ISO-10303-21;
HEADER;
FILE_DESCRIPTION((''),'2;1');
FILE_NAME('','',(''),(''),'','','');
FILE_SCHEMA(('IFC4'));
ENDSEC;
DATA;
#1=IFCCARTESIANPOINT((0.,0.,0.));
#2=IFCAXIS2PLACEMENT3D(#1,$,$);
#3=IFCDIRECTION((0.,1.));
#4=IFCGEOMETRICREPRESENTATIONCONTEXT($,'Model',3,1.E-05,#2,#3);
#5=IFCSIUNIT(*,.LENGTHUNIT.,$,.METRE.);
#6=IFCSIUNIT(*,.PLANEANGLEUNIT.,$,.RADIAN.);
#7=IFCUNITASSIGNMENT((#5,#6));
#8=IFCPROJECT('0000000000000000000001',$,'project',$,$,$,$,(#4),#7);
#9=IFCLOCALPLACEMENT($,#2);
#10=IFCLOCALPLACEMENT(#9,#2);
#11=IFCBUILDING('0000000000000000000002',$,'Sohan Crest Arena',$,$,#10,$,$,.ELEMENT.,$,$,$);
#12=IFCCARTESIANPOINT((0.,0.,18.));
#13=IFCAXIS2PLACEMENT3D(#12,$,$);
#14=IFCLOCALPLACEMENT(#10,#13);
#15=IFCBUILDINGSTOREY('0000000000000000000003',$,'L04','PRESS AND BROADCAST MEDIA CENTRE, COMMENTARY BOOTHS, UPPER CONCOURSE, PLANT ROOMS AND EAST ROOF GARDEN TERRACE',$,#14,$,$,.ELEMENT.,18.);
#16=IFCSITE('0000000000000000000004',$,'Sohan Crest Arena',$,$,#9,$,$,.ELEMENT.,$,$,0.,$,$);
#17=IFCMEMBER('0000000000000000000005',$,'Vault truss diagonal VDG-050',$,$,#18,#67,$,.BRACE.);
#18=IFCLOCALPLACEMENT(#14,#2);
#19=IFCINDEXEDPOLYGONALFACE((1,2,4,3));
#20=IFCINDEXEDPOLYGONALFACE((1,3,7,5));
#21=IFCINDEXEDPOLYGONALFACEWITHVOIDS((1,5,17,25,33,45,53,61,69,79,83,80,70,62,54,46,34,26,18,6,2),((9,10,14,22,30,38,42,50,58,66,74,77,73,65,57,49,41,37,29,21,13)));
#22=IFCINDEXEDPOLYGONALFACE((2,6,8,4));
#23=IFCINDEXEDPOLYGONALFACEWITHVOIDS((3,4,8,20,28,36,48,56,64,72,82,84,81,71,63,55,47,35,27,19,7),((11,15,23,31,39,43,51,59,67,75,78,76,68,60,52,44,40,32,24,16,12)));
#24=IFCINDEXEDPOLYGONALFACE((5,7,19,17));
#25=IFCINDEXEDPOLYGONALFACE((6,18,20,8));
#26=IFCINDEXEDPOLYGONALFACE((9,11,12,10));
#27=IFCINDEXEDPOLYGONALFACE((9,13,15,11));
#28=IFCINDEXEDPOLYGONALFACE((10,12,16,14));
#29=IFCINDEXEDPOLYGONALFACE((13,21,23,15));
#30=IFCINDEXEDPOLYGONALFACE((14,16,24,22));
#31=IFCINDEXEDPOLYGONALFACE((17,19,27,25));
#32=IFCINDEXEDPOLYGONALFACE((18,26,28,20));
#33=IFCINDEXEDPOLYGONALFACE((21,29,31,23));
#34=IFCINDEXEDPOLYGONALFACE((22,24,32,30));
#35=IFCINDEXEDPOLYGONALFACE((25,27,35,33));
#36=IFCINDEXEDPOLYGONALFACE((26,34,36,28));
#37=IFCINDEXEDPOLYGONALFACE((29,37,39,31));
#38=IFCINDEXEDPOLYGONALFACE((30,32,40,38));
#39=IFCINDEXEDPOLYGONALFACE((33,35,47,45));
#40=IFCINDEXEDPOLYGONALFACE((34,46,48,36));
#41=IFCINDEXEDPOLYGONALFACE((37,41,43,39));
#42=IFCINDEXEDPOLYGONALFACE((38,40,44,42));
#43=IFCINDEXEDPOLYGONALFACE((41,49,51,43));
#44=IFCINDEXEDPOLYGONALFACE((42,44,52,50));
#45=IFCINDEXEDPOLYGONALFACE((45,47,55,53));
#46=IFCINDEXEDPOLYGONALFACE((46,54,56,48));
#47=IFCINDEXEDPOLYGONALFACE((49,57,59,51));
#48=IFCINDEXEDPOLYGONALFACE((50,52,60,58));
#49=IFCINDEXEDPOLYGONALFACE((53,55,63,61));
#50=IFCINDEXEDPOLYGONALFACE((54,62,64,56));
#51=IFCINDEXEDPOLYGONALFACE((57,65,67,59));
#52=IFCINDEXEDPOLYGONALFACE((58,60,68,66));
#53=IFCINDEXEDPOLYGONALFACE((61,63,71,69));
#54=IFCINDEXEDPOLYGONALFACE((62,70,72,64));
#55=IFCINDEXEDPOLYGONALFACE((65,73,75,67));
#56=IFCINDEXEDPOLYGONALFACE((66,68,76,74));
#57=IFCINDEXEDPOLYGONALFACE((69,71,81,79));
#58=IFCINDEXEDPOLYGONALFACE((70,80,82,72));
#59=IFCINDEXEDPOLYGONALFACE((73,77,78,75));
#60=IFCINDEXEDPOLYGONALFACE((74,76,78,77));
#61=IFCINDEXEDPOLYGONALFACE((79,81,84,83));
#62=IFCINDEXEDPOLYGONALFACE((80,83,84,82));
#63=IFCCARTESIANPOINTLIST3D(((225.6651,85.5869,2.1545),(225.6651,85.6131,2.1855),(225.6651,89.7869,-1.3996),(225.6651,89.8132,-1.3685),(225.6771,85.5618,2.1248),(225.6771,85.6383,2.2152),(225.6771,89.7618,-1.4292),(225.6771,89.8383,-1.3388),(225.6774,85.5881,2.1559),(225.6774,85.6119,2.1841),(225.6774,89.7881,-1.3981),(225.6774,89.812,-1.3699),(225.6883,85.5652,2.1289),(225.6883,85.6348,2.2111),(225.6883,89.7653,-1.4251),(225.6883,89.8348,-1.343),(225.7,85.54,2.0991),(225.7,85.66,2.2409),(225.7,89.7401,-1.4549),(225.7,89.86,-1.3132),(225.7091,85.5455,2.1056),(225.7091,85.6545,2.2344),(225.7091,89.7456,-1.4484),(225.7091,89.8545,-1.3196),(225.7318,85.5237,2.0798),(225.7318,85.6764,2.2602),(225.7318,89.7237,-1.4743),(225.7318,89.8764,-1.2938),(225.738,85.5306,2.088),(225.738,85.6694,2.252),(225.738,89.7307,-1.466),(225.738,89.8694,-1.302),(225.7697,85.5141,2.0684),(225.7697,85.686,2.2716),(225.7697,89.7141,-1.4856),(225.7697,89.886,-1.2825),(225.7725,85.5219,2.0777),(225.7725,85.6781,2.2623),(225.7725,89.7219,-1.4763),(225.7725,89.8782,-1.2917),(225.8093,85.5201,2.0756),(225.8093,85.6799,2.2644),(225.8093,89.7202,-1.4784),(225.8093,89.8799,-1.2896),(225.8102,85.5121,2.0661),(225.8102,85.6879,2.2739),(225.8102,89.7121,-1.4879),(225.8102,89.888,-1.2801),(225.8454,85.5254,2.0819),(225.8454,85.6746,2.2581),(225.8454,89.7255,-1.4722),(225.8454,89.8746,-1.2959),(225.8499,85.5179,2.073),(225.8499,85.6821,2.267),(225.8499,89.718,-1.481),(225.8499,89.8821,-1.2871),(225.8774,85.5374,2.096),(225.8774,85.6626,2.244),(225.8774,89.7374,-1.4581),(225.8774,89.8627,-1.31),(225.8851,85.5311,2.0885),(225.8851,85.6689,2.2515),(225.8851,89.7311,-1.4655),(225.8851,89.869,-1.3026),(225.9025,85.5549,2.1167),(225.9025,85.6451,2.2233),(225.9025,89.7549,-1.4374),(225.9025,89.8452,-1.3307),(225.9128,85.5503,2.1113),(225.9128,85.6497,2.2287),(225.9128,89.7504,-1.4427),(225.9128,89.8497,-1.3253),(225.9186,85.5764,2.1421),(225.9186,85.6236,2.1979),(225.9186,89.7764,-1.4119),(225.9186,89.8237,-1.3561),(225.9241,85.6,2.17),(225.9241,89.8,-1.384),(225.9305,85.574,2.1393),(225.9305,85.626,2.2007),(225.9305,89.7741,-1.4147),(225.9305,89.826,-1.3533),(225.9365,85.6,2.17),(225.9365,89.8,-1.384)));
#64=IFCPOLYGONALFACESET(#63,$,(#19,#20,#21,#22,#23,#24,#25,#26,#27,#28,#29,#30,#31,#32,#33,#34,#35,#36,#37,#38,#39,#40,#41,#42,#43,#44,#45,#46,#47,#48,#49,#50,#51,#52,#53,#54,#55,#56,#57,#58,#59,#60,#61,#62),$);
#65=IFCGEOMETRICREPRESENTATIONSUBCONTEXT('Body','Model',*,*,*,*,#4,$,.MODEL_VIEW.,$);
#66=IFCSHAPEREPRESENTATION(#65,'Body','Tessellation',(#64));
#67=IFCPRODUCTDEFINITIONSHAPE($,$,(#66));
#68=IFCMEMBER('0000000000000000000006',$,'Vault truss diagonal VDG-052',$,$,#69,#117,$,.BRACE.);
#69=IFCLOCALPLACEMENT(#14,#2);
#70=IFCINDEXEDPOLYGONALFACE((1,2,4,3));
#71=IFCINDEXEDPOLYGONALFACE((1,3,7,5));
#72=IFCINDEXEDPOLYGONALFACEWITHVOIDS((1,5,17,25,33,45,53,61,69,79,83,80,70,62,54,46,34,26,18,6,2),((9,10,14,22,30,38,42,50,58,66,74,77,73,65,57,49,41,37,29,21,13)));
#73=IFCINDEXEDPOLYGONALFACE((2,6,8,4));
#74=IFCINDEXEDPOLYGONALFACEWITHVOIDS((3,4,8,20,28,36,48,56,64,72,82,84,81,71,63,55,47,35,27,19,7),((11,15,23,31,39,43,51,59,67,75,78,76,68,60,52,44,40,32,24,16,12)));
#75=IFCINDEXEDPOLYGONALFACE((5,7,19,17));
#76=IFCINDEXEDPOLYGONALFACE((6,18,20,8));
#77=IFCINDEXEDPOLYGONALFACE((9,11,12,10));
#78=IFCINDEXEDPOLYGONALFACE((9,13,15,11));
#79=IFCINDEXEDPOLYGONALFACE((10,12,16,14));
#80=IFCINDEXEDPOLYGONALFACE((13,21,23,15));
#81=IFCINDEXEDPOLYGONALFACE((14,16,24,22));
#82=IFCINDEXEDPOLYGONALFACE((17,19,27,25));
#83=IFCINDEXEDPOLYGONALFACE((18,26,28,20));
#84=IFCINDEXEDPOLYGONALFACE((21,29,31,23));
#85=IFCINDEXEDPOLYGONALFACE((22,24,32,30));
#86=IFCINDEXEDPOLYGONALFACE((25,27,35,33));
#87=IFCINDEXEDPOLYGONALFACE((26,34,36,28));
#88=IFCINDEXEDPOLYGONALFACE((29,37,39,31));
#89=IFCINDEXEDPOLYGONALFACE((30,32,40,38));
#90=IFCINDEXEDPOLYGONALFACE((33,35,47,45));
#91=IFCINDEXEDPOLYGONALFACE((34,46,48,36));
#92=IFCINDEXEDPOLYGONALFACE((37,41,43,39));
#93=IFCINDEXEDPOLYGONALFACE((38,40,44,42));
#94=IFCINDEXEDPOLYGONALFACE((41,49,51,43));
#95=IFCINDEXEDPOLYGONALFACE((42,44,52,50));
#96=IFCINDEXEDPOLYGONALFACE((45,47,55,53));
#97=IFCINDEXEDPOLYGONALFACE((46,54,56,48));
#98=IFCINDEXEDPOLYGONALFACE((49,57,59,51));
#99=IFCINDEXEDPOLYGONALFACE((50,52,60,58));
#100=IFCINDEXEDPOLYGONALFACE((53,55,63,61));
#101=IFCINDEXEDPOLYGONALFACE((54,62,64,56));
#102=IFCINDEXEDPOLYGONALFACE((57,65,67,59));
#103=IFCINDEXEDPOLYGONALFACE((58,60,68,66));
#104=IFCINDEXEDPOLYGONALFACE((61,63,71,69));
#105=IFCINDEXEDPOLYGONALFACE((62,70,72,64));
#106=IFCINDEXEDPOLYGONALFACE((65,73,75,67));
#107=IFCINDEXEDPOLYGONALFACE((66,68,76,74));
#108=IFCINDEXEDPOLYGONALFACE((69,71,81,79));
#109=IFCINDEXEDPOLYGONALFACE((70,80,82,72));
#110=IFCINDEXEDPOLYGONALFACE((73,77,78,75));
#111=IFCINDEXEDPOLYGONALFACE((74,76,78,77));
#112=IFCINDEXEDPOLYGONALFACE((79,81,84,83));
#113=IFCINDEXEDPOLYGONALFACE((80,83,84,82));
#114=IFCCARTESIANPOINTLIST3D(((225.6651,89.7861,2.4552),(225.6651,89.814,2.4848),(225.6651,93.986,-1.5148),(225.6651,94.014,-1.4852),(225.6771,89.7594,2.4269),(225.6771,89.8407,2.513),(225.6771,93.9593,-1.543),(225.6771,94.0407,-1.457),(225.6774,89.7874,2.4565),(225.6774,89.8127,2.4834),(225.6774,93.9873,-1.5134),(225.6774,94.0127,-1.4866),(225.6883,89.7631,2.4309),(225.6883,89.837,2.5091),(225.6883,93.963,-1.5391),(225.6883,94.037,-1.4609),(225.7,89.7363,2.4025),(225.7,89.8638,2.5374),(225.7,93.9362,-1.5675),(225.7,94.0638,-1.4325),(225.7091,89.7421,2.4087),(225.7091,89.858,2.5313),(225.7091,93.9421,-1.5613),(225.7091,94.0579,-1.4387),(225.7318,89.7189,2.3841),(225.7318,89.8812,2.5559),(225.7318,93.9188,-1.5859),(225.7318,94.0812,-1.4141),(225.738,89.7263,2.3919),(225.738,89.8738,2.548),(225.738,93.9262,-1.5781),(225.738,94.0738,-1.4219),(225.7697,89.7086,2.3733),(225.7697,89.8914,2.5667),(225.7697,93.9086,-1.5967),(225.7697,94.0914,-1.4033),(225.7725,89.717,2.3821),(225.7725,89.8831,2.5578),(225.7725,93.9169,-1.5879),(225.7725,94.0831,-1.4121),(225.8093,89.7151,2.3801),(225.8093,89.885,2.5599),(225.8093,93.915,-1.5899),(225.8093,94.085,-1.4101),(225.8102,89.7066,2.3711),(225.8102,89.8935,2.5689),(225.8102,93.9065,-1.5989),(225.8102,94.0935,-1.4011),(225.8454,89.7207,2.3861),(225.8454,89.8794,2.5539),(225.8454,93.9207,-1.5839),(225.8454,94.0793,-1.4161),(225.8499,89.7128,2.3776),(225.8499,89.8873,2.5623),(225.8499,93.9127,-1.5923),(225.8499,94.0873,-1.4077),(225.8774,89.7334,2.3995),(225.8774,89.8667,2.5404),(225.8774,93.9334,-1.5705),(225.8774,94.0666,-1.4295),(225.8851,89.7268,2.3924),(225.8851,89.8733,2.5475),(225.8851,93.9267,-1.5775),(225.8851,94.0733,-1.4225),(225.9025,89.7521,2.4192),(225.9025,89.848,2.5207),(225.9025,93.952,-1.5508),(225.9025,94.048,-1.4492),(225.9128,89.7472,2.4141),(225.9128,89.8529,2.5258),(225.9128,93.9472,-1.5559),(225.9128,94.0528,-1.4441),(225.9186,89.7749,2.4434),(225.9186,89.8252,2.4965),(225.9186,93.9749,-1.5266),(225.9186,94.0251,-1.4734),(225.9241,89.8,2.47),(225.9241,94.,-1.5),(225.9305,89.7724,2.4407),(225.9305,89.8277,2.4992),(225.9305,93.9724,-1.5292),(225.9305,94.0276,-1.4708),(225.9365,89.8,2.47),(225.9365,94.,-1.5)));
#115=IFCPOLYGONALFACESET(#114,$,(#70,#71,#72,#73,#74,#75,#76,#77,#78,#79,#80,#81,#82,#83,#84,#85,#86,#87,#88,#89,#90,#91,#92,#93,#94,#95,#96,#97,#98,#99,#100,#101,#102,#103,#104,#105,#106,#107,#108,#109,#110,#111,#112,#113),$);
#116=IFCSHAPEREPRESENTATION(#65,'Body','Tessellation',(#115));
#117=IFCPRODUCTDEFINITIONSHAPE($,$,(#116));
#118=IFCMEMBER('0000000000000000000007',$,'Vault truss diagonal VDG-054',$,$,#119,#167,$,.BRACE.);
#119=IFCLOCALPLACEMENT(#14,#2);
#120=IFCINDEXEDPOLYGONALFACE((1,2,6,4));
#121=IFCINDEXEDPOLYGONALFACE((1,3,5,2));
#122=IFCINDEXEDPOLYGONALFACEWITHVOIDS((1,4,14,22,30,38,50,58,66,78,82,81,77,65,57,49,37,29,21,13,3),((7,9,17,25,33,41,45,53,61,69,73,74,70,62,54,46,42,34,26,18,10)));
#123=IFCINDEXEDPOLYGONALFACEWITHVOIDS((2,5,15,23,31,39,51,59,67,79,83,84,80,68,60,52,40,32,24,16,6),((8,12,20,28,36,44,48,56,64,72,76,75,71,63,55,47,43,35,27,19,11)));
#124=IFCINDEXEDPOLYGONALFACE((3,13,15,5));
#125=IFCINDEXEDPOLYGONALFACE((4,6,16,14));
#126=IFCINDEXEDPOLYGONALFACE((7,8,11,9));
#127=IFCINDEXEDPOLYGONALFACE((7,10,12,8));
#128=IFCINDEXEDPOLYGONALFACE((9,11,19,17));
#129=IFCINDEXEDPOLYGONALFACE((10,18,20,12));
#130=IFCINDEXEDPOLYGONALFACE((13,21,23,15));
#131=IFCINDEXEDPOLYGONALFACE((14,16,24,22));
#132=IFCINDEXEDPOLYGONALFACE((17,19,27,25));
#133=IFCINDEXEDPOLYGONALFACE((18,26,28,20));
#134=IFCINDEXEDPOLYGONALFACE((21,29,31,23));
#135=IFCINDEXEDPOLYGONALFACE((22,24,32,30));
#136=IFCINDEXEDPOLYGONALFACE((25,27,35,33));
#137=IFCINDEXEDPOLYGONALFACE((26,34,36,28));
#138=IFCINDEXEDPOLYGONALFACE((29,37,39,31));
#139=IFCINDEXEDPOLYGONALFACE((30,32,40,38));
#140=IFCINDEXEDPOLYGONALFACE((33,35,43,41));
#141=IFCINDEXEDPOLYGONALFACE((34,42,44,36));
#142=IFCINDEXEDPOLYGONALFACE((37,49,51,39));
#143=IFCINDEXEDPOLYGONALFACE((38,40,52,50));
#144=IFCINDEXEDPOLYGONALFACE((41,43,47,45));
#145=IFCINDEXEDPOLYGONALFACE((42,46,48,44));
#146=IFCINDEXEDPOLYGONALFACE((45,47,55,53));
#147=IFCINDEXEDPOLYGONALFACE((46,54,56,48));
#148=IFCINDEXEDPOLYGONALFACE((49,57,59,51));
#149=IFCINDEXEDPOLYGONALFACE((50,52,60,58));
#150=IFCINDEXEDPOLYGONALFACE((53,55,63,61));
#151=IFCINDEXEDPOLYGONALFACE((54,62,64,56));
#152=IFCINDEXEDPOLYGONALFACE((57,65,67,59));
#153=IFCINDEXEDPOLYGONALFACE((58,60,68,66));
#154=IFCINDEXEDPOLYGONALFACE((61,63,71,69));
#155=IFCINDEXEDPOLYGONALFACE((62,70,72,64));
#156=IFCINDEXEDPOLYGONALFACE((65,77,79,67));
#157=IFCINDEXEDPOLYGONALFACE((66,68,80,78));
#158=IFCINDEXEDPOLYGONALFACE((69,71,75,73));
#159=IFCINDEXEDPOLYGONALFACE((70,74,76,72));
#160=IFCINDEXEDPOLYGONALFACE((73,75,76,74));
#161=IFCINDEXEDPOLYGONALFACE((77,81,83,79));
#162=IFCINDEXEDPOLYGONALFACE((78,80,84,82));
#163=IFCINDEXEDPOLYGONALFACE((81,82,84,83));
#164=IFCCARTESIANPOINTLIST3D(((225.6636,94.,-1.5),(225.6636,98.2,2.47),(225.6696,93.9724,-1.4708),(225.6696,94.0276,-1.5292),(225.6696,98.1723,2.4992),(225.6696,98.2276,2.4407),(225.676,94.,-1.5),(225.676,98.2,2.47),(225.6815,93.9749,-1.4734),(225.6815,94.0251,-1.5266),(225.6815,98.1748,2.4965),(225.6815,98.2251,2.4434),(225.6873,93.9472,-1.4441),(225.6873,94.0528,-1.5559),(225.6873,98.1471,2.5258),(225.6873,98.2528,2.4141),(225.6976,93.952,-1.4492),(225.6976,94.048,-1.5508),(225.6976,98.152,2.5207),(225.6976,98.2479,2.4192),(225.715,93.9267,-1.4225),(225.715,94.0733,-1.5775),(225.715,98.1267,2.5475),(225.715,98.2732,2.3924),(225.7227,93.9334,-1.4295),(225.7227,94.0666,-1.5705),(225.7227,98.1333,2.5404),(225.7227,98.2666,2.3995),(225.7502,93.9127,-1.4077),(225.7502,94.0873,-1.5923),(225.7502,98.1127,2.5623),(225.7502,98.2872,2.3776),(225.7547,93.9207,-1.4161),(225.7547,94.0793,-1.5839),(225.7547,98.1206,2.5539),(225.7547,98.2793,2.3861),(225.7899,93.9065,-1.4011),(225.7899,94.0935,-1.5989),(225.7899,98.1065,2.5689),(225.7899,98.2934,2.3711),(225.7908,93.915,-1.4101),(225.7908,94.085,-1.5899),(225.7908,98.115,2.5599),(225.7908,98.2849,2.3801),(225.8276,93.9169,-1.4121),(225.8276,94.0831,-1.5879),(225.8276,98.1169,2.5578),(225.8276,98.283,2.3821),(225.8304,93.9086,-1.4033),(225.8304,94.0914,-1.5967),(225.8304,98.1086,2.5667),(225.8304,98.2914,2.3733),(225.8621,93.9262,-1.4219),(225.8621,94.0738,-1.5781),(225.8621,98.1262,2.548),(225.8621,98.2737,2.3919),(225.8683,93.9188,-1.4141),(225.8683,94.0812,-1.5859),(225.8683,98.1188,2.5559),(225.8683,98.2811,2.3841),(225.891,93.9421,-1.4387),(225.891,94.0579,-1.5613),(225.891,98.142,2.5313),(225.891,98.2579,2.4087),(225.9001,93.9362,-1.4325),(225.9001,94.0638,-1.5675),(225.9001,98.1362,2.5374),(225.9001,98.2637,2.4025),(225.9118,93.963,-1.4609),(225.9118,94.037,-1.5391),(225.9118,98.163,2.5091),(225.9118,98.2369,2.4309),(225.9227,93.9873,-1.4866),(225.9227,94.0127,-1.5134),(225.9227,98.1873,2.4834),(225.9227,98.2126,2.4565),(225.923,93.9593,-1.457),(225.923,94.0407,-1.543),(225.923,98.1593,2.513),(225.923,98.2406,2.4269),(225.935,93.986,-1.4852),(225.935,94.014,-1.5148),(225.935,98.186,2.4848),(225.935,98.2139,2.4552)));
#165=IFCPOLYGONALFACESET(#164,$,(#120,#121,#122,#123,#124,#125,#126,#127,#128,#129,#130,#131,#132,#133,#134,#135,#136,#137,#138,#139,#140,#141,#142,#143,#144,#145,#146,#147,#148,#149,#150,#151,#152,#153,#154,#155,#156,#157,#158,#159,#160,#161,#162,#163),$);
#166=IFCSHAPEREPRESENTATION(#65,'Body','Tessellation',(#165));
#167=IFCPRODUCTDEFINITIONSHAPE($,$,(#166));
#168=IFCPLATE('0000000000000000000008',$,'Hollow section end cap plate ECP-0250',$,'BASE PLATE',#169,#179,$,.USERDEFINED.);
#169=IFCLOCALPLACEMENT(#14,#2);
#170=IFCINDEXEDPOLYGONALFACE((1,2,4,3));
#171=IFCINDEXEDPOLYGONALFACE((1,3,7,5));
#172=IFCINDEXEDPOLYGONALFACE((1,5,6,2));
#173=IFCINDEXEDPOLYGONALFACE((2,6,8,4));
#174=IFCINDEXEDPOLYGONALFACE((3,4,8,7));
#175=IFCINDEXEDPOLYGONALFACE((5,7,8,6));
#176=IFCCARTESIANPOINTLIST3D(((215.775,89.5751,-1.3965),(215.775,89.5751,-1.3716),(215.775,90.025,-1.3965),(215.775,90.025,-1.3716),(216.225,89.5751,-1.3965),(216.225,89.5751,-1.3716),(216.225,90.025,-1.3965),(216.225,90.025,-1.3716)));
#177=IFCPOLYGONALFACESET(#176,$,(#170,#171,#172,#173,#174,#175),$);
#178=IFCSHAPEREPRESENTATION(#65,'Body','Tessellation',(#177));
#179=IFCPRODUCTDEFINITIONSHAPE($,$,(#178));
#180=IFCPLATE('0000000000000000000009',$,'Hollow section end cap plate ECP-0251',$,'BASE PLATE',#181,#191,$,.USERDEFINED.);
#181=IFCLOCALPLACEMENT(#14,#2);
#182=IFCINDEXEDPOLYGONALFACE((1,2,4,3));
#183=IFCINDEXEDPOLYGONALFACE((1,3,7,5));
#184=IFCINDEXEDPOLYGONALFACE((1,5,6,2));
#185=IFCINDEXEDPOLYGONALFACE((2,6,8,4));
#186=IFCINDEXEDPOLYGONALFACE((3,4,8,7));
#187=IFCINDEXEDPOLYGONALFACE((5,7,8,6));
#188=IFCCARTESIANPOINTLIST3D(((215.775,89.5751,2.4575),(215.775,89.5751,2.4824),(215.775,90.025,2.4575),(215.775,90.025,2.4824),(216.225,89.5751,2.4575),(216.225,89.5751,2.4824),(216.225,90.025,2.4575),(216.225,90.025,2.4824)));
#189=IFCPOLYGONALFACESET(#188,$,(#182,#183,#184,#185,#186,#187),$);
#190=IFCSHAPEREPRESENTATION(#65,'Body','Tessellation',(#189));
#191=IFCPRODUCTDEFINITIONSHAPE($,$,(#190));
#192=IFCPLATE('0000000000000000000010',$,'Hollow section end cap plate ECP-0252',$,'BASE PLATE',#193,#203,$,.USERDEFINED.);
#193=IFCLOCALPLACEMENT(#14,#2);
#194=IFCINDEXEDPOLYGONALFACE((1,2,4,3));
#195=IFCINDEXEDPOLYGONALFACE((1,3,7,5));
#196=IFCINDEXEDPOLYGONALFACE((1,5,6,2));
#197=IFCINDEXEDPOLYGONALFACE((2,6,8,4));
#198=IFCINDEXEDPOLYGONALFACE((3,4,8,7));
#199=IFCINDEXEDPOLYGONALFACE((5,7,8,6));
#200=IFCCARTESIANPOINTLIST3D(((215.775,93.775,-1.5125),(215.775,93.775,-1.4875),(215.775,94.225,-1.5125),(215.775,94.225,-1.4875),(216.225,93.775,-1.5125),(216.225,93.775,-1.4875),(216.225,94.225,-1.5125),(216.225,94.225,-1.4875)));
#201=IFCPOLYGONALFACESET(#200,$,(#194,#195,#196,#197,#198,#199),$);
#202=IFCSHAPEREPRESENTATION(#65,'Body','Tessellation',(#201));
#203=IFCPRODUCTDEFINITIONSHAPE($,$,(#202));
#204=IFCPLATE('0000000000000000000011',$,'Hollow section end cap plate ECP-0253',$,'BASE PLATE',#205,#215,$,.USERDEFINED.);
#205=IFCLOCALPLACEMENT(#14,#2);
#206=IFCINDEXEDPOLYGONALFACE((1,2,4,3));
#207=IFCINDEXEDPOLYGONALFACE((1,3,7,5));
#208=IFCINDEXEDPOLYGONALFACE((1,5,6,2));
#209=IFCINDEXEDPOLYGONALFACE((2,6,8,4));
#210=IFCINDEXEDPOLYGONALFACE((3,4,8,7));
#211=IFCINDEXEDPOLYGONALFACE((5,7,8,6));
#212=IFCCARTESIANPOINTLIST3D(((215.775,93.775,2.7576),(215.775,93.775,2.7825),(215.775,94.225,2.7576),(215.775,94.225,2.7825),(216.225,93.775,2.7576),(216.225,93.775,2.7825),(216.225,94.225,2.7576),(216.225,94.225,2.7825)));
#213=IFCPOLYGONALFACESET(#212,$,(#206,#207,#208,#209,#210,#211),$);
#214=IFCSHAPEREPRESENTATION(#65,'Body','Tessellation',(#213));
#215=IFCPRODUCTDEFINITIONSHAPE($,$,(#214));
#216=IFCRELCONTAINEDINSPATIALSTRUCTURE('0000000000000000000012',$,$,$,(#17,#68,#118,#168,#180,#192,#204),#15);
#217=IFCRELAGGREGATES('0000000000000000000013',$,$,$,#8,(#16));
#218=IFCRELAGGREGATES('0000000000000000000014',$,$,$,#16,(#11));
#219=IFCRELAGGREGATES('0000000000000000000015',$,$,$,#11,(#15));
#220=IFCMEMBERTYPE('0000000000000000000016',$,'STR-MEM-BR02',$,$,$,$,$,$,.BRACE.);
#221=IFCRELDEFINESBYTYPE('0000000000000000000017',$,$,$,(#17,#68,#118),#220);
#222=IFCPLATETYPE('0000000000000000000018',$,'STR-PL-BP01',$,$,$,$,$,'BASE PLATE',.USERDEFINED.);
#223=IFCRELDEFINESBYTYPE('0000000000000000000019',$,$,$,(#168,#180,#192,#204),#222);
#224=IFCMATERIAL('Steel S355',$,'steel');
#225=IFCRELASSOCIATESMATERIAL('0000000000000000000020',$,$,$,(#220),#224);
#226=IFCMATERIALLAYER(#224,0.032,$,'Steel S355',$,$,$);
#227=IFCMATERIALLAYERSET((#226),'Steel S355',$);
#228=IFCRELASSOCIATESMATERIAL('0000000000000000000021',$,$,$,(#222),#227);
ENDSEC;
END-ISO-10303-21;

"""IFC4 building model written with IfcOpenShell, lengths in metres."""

from ifc_helpers import new_model, si_unit, direction, frame, origin, origin_2d, place, context, subcontext, project, spatial, rectangle, hollow_circle, extrude, material, layer, layer_set, material_profile, profile_set, type_object, element, save


model = new_model("IFC4")

# Units and contexts
model_context = context("Model", 3, precision=1e-05, world=origin(), true_north=direction((0.0, 1.0)))
body_context = subcontext(model_context, "Body", "Model", "MODEL_VIEW")
ifc_project = project(units=[si_unit("LENGTHUNIT", "METRE"), si_unit("PLANEANGLEUNIT", "RADIAN")], contexts=[model_context])

# Site, building, storey
site_placement = place(None, origin())
site = spatial("IfcSite", under=ifc_project, at=site_placement, Name="Sohan Crest Arena", CompositionType="ELEMENT", RefElevation=0.0)
building_placement = place(site_placement, origin())
building = spatial("IfcBuilding", under=site, at=building_placement, Name="Sohan Crest Arena", CompositionType="ELEMENT")
storey_placement = place(building_placement, frame((0.0, 0.0, 18.0)))
storey = spatial("IfcBuildingStorey", under=building, at=storey_placement, Name="L04", Description="PRESS AND BROADCAST MEDIA CENTRE, COMMENTARY BOOTHS, UPPER CONCOURSE, PLANT ROOMS AND EAST ROOF GARDEN TERRACE", CompositionType="ELEMENT", Elevation=18.0)

# Shared definitions
ifc_material = material(Name="Steel S355", Category="steel")

# Members
ifc_material_profile_1 = material_profile(ifc_material, hollow_circle(Radius=0.1365, WallThickness=0.0125, at=origin_2d()), Name="CHS 273x12.5")
ifc_profile_set_1 = profile_set([ifc_material_profile_1], Name="Steel S355")
member_type_1 = type_object("IfcMemberType", Name="STR-MEM-BR02", PredefinedType="BRACE", material=ifc_profile_set_1)
member_1_placement = place(storey_placement, frame((225.8, 89.8, -1.384), z_axis=(0.0, -0.763373, 0.645958), x_axis=(1.0, 0.0, 0.0)))
element("IfcMember", 1, at=member_1_placement, inside=storey, type_object=member_type_1, Name="Vault truss diagonal VDG-050", PredefinedType="BRACE", context=body_context, shape_type="SweptSolid", body=[
    extrude(hollow_circle(Radius=0.1365, WallThickness=0.0125, at=origin_2d()), origin(), (0.0, 0.0, 1.0), 5.502),
])
for number, where, z_axis, x_axis, name in (
    (2, (225.8, 94.0, -1.5), (0.0, -0.726724, 0.68693), (1.0, 0.0, 0.0), "Vault truss diagonal VDG-052"),
    (3, (225.8, 94.0, -1.5), (0.0, 0.726724, 0.68693), (-1.0, 0.0, 0.0), "Vault truss diagonal VDG-054"),
):
    element("IfcMember", number, at=place(storey_placement, frame(where, z_axis=z_axis, x_axis=x_axis)), inside=storey, type_object=member_type_1, Name=name, PredefinedType="BRACE", context=body_context, shape_type="SweptSolid", body=[
        extrude(hollow_circle(Radius=0.1365, WallThickness=0.0125, at=origin_2d()), origin(), (0.0, 0.0, 1.0), 5.7793),
    ])

# Plates
ifc_layer = layer(ifc_material, 0.032, Name="Steel S355")
ifc_layer_set = layer_set([ifc_layer], Name="Steel S355")
plate_type = type_object("IfcPlateType", Name="STR-PL-BP01", ElementType="BASE PLATE", PredefinedType="USERDEFINED", material=ifc_layer_set)
for number, where, z_axis, x_axis, name in (
    (4, (216.0, 89.8, -1.3965), (0.0, 0.0, 1.0), (1.0, 0.0, 0.0), "Hollow section end cap plate ECP-0250"),
    (5, (216.0, 89.8, 2.4575), (0.0, 0.0, 1.0), (1.0, 0.0, 0.0), "Hollow section end cap plate ECP-0251"),
    (6, (216.0, 94.0, -1.5125), (0.0, 0.0, 1.0), (1.0, 0.0, 0.0), "Hollow section end cap plate ECP-0252"),
    (7, (216.0, 94.0, 2.7576), (0.0, 0.0, 1.0), (1.0, 0.0, 0.0), "Hollow section end cap plate ECP-0253"),
):
    element("IfcPlate", number, at=place(storey_placement, frame(where, z_axis=z_axis, x_axis=x_axis)), inside=storey, type_object=plate_type, Name=name, ObjectType="BASE PLATE", PredefinedType="USERDEFINED", context=body_context, shape_type="SweptSolid", body=[
        extrude(rectangle(XDim=0.45, YDim=0.45, at=origin_2d()), origin(), (0.0, 0.0, 1.0), 0.0249),
    ])

save(model, "model.ifc")
